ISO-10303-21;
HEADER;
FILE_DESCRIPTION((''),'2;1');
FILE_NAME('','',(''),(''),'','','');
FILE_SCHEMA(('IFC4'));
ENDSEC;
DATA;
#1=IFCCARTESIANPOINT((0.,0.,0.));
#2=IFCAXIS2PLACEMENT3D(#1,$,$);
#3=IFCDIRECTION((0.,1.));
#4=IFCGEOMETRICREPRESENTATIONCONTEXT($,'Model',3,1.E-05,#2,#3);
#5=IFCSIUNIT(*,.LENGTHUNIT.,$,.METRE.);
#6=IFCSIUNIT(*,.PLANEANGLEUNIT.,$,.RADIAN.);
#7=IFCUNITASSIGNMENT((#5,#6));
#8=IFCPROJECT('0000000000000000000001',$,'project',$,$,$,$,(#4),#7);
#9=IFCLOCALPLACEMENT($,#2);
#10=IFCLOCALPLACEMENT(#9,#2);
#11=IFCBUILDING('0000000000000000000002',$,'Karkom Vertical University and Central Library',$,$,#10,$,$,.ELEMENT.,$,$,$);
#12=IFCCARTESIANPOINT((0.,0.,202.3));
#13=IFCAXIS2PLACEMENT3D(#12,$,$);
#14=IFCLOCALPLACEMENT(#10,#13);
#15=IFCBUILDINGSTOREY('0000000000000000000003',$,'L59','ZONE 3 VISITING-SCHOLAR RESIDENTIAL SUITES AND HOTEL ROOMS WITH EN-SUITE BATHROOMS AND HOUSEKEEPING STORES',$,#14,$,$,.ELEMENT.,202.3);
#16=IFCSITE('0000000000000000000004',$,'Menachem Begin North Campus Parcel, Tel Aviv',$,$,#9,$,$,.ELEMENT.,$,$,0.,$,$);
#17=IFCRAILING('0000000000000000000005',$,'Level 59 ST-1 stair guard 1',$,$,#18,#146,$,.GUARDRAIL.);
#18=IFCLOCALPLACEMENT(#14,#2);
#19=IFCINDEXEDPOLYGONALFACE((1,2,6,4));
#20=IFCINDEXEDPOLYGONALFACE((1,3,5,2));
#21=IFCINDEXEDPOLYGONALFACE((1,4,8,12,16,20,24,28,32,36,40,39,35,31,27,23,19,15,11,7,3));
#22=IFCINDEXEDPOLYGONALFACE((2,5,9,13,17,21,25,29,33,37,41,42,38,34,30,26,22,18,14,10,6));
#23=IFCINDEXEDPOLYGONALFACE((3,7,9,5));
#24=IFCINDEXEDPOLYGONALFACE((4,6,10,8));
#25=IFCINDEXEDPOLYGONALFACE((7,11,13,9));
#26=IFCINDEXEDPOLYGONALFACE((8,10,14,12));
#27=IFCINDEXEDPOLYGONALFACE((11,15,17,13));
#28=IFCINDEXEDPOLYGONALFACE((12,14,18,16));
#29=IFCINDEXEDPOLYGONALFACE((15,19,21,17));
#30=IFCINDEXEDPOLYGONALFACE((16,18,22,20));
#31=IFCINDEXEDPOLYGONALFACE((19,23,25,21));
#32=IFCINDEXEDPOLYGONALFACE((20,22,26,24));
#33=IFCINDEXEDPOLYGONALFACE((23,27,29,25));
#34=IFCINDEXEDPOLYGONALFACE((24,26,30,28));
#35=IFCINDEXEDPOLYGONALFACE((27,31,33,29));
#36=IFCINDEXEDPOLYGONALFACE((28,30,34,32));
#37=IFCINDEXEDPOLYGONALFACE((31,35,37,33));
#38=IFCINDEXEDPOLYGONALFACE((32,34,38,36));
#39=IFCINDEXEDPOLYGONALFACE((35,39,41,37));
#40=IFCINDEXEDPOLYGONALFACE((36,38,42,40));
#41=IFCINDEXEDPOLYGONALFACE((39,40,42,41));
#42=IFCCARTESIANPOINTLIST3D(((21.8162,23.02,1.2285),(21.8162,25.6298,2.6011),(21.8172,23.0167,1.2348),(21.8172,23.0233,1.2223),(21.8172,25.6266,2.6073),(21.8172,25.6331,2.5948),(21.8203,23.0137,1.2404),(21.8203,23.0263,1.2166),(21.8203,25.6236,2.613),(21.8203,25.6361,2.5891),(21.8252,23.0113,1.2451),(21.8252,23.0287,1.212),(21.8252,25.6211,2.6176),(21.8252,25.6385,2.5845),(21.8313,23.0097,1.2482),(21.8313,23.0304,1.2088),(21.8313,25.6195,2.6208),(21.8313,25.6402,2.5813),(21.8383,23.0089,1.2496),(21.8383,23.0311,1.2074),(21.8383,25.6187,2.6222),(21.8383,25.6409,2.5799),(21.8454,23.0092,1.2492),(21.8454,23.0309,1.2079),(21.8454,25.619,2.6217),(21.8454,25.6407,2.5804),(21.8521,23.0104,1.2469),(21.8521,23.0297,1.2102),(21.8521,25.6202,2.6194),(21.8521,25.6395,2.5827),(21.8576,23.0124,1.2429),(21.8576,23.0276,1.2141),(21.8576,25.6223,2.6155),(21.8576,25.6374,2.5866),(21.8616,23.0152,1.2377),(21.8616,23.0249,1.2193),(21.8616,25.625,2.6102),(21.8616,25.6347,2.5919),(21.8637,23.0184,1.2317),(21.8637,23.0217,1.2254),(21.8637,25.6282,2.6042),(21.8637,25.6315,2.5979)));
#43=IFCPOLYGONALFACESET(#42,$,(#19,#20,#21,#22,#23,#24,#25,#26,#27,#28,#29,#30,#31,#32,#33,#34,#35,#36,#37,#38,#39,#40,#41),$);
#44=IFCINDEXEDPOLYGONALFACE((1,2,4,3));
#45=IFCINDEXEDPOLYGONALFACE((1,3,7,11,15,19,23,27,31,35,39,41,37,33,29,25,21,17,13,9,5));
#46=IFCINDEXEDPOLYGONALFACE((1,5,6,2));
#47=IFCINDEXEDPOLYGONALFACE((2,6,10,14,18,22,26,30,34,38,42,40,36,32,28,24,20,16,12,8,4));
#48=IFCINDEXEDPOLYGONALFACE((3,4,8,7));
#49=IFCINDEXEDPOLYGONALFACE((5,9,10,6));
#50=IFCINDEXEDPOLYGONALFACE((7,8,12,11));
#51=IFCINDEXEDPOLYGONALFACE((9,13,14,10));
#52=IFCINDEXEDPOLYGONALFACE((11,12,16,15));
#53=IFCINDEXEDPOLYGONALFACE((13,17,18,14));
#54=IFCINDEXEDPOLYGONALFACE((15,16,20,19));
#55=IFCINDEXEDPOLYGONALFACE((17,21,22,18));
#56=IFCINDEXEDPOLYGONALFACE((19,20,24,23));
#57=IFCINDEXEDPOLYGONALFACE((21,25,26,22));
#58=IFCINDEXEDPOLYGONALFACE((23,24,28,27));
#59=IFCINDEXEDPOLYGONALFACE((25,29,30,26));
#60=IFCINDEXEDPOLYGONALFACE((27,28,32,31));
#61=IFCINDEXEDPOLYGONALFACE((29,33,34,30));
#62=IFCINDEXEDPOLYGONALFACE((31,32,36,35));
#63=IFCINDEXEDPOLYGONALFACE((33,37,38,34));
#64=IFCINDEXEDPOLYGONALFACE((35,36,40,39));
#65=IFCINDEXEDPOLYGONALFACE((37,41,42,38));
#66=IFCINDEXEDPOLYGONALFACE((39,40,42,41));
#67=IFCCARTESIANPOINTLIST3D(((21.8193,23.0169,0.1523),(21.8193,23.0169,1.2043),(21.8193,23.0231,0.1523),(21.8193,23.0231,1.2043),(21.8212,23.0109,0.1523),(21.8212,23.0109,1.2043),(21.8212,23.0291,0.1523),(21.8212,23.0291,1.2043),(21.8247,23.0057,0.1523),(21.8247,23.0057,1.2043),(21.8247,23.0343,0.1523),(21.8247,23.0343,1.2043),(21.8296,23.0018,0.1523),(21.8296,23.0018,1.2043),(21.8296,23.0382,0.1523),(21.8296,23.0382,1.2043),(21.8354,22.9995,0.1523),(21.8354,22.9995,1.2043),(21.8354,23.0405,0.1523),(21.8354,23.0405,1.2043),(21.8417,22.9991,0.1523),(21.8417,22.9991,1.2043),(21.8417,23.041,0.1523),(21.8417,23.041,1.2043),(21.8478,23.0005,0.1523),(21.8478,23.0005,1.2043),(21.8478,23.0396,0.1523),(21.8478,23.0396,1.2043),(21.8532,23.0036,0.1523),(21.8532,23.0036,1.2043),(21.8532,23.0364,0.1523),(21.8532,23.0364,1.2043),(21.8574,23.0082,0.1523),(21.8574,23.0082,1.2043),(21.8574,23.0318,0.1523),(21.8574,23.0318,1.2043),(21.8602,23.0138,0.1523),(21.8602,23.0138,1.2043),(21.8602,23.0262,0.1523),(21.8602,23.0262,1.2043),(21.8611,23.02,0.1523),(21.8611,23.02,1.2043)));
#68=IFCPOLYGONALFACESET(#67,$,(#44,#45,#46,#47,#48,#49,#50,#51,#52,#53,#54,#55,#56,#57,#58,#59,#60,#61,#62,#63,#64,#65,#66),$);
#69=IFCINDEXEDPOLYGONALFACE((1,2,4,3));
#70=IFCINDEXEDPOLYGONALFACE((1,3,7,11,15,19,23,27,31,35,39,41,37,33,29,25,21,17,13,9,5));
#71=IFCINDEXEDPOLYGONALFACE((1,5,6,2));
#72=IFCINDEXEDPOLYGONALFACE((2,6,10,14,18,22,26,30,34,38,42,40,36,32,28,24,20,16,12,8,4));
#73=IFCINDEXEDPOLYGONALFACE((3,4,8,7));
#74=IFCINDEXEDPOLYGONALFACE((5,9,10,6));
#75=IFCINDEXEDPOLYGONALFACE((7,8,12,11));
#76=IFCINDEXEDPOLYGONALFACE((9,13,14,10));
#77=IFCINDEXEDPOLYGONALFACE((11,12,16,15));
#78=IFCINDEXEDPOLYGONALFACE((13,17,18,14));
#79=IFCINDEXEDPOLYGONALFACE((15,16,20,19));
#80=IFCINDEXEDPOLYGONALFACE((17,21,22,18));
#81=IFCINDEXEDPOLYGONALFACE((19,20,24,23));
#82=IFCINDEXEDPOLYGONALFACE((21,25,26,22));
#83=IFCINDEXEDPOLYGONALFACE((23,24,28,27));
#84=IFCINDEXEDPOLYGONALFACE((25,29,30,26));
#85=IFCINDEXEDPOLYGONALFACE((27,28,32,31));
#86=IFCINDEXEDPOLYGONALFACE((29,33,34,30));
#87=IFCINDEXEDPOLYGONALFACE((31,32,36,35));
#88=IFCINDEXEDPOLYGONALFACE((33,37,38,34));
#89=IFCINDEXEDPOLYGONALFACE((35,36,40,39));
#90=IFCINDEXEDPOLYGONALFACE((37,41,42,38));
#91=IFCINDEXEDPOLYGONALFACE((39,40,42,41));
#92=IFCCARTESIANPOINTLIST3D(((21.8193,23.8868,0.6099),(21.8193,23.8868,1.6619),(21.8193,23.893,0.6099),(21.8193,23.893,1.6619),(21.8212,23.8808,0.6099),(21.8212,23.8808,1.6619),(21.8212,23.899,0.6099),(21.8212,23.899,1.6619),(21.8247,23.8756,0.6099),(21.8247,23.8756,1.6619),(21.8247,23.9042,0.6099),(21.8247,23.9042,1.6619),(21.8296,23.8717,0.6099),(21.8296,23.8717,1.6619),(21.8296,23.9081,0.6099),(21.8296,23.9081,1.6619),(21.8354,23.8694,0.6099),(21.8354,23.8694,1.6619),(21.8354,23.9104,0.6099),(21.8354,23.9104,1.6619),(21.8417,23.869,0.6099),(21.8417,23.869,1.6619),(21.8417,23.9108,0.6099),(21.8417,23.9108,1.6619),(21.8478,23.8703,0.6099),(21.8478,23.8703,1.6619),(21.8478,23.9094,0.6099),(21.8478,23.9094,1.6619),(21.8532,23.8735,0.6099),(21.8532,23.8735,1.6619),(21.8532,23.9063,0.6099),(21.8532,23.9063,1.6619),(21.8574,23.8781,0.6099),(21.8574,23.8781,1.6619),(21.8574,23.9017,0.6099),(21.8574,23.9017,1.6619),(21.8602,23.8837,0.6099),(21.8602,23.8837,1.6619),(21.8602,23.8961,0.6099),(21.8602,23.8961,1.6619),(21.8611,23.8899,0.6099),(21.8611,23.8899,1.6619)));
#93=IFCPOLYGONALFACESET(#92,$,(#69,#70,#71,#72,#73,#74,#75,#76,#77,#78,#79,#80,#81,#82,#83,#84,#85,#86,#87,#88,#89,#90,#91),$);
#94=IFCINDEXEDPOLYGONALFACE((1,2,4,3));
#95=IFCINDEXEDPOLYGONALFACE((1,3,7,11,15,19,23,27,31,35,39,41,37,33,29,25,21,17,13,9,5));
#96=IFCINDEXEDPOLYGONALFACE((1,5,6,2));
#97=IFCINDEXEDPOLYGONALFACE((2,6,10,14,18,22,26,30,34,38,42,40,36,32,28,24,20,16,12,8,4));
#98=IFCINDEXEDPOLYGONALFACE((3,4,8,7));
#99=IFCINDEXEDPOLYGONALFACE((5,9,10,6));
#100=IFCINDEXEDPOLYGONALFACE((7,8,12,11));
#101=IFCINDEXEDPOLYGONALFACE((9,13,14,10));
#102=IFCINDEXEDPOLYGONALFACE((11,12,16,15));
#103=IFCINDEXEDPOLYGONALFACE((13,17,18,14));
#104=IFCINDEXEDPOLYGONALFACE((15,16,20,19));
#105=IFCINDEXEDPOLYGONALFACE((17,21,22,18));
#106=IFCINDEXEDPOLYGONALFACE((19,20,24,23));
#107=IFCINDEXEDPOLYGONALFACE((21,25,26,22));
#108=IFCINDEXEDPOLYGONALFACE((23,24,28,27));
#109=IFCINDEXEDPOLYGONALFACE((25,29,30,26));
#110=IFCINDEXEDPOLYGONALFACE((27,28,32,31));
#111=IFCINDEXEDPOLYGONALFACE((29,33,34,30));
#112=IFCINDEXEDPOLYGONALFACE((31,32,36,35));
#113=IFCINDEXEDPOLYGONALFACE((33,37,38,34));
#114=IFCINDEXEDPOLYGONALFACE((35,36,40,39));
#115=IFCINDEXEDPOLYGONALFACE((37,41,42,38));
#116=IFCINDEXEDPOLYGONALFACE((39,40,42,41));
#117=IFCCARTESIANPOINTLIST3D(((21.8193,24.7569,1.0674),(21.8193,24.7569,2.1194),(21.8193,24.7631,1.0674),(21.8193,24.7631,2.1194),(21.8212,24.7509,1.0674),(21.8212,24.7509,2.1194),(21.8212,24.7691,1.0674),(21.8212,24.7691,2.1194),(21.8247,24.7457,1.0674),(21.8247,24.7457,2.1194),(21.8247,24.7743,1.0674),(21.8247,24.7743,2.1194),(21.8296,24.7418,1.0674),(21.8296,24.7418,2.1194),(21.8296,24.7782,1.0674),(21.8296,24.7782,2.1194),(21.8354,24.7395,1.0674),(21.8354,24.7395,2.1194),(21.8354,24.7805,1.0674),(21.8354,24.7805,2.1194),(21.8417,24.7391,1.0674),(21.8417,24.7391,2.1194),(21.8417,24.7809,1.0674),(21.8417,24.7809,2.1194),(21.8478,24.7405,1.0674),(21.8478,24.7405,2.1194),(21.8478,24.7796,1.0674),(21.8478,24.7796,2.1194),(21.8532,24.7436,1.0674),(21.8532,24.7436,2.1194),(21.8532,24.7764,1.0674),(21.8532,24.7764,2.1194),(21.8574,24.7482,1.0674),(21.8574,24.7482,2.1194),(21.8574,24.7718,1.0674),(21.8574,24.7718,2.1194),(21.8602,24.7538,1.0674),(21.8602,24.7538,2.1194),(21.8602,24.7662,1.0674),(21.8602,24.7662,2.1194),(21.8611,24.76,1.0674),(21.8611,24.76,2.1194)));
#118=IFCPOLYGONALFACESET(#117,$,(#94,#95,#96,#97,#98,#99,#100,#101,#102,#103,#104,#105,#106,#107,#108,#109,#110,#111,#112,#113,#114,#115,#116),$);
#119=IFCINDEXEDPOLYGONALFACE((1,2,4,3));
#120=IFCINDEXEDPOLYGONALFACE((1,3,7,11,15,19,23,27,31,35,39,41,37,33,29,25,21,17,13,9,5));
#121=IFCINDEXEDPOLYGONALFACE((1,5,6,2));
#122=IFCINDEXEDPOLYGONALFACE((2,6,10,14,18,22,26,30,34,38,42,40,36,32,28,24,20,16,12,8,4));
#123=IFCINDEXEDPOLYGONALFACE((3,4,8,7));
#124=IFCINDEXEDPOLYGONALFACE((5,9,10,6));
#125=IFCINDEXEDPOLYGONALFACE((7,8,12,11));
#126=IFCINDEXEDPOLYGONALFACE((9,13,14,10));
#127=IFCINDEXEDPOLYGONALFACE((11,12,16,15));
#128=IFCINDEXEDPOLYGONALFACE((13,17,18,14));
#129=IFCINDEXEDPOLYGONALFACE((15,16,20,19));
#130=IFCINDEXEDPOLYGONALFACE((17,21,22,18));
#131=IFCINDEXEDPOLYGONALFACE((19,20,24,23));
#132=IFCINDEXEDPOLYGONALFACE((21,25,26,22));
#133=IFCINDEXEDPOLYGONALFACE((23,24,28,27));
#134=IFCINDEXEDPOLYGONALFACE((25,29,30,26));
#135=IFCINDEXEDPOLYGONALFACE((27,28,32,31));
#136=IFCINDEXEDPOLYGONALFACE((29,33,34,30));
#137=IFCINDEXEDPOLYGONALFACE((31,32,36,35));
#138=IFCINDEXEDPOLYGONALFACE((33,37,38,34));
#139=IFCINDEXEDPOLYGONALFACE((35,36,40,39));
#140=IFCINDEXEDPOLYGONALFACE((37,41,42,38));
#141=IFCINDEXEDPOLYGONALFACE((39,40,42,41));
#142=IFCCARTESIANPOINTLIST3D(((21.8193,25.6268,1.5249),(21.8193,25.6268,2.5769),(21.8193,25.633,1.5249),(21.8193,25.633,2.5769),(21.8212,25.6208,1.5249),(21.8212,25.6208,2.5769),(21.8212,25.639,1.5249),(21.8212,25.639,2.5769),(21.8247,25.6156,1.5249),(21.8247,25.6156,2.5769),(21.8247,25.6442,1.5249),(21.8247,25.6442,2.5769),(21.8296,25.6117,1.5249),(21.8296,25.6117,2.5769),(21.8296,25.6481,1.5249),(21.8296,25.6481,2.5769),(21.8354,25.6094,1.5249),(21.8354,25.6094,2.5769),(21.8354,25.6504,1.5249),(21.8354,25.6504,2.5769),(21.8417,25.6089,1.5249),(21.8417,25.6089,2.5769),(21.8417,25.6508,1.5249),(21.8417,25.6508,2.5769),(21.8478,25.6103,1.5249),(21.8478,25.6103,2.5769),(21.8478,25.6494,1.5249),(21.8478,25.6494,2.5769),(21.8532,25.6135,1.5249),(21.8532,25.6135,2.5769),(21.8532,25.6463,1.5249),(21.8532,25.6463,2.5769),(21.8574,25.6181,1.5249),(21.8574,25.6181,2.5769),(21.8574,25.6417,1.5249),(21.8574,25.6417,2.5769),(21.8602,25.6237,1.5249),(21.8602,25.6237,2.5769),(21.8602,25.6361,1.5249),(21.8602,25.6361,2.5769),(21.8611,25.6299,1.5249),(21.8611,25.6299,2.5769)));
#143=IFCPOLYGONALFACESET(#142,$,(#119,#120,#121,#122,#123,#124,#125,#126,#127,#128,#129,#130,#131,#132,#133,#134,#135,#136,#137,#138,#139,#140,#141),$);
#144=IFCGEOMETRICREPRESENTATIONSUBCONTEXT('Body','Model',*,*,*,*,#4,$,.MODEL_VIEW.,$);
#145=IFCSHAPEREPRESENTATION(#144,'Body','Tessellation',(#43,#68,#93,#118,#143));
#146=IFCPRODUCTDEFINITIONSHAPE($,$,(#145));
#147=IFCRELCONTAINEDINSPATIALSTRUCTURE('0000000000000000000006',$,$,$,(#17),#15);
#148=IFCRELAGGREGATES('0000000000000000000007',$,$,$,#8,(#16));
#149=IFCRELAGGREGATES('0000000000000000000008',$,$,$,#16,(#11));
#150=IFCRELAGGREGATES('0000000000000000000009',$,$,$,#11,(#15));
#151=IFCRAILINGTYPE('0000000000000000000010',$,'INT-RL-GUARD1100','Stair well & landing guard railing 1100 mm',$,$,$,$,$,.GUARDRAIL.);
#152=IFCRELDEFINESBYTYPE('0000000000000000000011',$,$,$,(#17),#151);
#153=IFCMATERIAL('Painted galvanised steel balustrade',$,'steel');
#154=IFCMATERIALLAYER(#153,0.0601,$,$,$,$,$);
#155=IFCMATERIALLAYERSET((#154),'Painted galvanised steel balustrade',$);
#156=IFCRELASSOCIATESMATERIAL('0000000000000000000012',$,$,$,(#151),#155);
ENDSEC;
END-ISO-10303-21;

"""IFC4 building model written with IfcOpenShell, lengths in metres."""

from ifc_helpers import new_model, si_unit, direction, frame, origin, origin_2d, place, context, subcontext, project, spatial, circle, extrude, material, layer, layer_set, type_object, element, save


model = new_model("IFC4")

# Units and contexts
model_context = context("Model", 3, precision=1e-05, world=origin(), true_north=direction((0.0, 1.0)))
body_context = subcontext(model_context, "Body", "Model", "MODEL_VIEW")
ifc_project = project(units=[si_unit("LENGTHUNIT", "METRE"), si_unit("PLANEANGLEUNIT", "RADIAN")], contexts=[model_context])

# Site, building, storey
site_placement = place(None, origin())
site = spatial("IfcSite", under=ifc_project, at=site_placement, Name="Menachem Begin North Campus Parcel, Tel Aviv", CompositionType="ELEMENT", RefElevation=0.0)
building_placement = place(site_placement, origin())
building = spatial("IfcBuilding", under=site, at=building_placement, Name="Karkom Vertical University and Central Library", CompositionType="ELEMENT")
storey_placement = place(building_placement, frame((0.0, 0.0, 202.3)))
storey = spatial("IfcBuildingStorey", under=building, at=storey_placement, Name="L59", Description="ZONE 3 VISITING-SCHOLAR RESIDENTIAL SUITES AND HOTEL ROOMS WITH EN-SUITE BATHROOMS AND HOUSEKEEPING STORES", CompositionType="ELEMENT", Elevation=202.3)

# Railing
ifc_material_1 = material(Name="Painted galvanised steel balustrade", Category="steel")
ifc_layer_1 = layer(ifc_material_1, 0.0601)
ifc_layer_set_1 = layer_set([ifc_layer_1], Name="Painted galvanised steel balustrade")
railing_type_1 = type_object("IfcRailingType", Name="INT-RL-GUARD1100", Description="Stair well & landing guard railing 1100 mm", PredefinedType="GUARDRAIL", material=ifc_layer_set_1)
railing_1_placement = place(storey_placement, frame((21.8401, 23.02, 0.1523)))
element("IfcRailing", 1, at=railing_1_placement, inside=storey, type_object=railing_type_1, Name="Level 59 ST-1 stair guard 1", PredefinedType="GUARDRAIL", context=body_context, shape_type="SweptSolid", body=[
    extrude(circle(Radius=0.0239, at=origin_2d()), frame((0.0, 0.0, 1.0762), z_axis=(0.0, 0.885065, 0.465467), x_axis=(-1.0, 0.0, 0.0)), (0.0, 0.0, 1.0), 2.9487),
    extrude(circle(Radius=0.021, at=origin_2d()), origin(), (0.0, 0.0, 1.0), 1.052),
    extrude(circle(Radius=0.021, at=origin_2d()), frame((0.0, 0.8699, 0.4575)), (0.0, 0.0, 1.0), 1.052),
    extrude(circle(Radius=0.021, at=origin_2d()), frame((0.0, 1.74, 0.915)), (0.0, 0.0, 1.0), 1.052),
    extrude(circle(Radius=0.021, at=origin_2d()), frame((0.0, 2.6099, 1.3726)), (0.0, 0.0, 1.0), 1.052),
])

save(model, "model.ifc")
